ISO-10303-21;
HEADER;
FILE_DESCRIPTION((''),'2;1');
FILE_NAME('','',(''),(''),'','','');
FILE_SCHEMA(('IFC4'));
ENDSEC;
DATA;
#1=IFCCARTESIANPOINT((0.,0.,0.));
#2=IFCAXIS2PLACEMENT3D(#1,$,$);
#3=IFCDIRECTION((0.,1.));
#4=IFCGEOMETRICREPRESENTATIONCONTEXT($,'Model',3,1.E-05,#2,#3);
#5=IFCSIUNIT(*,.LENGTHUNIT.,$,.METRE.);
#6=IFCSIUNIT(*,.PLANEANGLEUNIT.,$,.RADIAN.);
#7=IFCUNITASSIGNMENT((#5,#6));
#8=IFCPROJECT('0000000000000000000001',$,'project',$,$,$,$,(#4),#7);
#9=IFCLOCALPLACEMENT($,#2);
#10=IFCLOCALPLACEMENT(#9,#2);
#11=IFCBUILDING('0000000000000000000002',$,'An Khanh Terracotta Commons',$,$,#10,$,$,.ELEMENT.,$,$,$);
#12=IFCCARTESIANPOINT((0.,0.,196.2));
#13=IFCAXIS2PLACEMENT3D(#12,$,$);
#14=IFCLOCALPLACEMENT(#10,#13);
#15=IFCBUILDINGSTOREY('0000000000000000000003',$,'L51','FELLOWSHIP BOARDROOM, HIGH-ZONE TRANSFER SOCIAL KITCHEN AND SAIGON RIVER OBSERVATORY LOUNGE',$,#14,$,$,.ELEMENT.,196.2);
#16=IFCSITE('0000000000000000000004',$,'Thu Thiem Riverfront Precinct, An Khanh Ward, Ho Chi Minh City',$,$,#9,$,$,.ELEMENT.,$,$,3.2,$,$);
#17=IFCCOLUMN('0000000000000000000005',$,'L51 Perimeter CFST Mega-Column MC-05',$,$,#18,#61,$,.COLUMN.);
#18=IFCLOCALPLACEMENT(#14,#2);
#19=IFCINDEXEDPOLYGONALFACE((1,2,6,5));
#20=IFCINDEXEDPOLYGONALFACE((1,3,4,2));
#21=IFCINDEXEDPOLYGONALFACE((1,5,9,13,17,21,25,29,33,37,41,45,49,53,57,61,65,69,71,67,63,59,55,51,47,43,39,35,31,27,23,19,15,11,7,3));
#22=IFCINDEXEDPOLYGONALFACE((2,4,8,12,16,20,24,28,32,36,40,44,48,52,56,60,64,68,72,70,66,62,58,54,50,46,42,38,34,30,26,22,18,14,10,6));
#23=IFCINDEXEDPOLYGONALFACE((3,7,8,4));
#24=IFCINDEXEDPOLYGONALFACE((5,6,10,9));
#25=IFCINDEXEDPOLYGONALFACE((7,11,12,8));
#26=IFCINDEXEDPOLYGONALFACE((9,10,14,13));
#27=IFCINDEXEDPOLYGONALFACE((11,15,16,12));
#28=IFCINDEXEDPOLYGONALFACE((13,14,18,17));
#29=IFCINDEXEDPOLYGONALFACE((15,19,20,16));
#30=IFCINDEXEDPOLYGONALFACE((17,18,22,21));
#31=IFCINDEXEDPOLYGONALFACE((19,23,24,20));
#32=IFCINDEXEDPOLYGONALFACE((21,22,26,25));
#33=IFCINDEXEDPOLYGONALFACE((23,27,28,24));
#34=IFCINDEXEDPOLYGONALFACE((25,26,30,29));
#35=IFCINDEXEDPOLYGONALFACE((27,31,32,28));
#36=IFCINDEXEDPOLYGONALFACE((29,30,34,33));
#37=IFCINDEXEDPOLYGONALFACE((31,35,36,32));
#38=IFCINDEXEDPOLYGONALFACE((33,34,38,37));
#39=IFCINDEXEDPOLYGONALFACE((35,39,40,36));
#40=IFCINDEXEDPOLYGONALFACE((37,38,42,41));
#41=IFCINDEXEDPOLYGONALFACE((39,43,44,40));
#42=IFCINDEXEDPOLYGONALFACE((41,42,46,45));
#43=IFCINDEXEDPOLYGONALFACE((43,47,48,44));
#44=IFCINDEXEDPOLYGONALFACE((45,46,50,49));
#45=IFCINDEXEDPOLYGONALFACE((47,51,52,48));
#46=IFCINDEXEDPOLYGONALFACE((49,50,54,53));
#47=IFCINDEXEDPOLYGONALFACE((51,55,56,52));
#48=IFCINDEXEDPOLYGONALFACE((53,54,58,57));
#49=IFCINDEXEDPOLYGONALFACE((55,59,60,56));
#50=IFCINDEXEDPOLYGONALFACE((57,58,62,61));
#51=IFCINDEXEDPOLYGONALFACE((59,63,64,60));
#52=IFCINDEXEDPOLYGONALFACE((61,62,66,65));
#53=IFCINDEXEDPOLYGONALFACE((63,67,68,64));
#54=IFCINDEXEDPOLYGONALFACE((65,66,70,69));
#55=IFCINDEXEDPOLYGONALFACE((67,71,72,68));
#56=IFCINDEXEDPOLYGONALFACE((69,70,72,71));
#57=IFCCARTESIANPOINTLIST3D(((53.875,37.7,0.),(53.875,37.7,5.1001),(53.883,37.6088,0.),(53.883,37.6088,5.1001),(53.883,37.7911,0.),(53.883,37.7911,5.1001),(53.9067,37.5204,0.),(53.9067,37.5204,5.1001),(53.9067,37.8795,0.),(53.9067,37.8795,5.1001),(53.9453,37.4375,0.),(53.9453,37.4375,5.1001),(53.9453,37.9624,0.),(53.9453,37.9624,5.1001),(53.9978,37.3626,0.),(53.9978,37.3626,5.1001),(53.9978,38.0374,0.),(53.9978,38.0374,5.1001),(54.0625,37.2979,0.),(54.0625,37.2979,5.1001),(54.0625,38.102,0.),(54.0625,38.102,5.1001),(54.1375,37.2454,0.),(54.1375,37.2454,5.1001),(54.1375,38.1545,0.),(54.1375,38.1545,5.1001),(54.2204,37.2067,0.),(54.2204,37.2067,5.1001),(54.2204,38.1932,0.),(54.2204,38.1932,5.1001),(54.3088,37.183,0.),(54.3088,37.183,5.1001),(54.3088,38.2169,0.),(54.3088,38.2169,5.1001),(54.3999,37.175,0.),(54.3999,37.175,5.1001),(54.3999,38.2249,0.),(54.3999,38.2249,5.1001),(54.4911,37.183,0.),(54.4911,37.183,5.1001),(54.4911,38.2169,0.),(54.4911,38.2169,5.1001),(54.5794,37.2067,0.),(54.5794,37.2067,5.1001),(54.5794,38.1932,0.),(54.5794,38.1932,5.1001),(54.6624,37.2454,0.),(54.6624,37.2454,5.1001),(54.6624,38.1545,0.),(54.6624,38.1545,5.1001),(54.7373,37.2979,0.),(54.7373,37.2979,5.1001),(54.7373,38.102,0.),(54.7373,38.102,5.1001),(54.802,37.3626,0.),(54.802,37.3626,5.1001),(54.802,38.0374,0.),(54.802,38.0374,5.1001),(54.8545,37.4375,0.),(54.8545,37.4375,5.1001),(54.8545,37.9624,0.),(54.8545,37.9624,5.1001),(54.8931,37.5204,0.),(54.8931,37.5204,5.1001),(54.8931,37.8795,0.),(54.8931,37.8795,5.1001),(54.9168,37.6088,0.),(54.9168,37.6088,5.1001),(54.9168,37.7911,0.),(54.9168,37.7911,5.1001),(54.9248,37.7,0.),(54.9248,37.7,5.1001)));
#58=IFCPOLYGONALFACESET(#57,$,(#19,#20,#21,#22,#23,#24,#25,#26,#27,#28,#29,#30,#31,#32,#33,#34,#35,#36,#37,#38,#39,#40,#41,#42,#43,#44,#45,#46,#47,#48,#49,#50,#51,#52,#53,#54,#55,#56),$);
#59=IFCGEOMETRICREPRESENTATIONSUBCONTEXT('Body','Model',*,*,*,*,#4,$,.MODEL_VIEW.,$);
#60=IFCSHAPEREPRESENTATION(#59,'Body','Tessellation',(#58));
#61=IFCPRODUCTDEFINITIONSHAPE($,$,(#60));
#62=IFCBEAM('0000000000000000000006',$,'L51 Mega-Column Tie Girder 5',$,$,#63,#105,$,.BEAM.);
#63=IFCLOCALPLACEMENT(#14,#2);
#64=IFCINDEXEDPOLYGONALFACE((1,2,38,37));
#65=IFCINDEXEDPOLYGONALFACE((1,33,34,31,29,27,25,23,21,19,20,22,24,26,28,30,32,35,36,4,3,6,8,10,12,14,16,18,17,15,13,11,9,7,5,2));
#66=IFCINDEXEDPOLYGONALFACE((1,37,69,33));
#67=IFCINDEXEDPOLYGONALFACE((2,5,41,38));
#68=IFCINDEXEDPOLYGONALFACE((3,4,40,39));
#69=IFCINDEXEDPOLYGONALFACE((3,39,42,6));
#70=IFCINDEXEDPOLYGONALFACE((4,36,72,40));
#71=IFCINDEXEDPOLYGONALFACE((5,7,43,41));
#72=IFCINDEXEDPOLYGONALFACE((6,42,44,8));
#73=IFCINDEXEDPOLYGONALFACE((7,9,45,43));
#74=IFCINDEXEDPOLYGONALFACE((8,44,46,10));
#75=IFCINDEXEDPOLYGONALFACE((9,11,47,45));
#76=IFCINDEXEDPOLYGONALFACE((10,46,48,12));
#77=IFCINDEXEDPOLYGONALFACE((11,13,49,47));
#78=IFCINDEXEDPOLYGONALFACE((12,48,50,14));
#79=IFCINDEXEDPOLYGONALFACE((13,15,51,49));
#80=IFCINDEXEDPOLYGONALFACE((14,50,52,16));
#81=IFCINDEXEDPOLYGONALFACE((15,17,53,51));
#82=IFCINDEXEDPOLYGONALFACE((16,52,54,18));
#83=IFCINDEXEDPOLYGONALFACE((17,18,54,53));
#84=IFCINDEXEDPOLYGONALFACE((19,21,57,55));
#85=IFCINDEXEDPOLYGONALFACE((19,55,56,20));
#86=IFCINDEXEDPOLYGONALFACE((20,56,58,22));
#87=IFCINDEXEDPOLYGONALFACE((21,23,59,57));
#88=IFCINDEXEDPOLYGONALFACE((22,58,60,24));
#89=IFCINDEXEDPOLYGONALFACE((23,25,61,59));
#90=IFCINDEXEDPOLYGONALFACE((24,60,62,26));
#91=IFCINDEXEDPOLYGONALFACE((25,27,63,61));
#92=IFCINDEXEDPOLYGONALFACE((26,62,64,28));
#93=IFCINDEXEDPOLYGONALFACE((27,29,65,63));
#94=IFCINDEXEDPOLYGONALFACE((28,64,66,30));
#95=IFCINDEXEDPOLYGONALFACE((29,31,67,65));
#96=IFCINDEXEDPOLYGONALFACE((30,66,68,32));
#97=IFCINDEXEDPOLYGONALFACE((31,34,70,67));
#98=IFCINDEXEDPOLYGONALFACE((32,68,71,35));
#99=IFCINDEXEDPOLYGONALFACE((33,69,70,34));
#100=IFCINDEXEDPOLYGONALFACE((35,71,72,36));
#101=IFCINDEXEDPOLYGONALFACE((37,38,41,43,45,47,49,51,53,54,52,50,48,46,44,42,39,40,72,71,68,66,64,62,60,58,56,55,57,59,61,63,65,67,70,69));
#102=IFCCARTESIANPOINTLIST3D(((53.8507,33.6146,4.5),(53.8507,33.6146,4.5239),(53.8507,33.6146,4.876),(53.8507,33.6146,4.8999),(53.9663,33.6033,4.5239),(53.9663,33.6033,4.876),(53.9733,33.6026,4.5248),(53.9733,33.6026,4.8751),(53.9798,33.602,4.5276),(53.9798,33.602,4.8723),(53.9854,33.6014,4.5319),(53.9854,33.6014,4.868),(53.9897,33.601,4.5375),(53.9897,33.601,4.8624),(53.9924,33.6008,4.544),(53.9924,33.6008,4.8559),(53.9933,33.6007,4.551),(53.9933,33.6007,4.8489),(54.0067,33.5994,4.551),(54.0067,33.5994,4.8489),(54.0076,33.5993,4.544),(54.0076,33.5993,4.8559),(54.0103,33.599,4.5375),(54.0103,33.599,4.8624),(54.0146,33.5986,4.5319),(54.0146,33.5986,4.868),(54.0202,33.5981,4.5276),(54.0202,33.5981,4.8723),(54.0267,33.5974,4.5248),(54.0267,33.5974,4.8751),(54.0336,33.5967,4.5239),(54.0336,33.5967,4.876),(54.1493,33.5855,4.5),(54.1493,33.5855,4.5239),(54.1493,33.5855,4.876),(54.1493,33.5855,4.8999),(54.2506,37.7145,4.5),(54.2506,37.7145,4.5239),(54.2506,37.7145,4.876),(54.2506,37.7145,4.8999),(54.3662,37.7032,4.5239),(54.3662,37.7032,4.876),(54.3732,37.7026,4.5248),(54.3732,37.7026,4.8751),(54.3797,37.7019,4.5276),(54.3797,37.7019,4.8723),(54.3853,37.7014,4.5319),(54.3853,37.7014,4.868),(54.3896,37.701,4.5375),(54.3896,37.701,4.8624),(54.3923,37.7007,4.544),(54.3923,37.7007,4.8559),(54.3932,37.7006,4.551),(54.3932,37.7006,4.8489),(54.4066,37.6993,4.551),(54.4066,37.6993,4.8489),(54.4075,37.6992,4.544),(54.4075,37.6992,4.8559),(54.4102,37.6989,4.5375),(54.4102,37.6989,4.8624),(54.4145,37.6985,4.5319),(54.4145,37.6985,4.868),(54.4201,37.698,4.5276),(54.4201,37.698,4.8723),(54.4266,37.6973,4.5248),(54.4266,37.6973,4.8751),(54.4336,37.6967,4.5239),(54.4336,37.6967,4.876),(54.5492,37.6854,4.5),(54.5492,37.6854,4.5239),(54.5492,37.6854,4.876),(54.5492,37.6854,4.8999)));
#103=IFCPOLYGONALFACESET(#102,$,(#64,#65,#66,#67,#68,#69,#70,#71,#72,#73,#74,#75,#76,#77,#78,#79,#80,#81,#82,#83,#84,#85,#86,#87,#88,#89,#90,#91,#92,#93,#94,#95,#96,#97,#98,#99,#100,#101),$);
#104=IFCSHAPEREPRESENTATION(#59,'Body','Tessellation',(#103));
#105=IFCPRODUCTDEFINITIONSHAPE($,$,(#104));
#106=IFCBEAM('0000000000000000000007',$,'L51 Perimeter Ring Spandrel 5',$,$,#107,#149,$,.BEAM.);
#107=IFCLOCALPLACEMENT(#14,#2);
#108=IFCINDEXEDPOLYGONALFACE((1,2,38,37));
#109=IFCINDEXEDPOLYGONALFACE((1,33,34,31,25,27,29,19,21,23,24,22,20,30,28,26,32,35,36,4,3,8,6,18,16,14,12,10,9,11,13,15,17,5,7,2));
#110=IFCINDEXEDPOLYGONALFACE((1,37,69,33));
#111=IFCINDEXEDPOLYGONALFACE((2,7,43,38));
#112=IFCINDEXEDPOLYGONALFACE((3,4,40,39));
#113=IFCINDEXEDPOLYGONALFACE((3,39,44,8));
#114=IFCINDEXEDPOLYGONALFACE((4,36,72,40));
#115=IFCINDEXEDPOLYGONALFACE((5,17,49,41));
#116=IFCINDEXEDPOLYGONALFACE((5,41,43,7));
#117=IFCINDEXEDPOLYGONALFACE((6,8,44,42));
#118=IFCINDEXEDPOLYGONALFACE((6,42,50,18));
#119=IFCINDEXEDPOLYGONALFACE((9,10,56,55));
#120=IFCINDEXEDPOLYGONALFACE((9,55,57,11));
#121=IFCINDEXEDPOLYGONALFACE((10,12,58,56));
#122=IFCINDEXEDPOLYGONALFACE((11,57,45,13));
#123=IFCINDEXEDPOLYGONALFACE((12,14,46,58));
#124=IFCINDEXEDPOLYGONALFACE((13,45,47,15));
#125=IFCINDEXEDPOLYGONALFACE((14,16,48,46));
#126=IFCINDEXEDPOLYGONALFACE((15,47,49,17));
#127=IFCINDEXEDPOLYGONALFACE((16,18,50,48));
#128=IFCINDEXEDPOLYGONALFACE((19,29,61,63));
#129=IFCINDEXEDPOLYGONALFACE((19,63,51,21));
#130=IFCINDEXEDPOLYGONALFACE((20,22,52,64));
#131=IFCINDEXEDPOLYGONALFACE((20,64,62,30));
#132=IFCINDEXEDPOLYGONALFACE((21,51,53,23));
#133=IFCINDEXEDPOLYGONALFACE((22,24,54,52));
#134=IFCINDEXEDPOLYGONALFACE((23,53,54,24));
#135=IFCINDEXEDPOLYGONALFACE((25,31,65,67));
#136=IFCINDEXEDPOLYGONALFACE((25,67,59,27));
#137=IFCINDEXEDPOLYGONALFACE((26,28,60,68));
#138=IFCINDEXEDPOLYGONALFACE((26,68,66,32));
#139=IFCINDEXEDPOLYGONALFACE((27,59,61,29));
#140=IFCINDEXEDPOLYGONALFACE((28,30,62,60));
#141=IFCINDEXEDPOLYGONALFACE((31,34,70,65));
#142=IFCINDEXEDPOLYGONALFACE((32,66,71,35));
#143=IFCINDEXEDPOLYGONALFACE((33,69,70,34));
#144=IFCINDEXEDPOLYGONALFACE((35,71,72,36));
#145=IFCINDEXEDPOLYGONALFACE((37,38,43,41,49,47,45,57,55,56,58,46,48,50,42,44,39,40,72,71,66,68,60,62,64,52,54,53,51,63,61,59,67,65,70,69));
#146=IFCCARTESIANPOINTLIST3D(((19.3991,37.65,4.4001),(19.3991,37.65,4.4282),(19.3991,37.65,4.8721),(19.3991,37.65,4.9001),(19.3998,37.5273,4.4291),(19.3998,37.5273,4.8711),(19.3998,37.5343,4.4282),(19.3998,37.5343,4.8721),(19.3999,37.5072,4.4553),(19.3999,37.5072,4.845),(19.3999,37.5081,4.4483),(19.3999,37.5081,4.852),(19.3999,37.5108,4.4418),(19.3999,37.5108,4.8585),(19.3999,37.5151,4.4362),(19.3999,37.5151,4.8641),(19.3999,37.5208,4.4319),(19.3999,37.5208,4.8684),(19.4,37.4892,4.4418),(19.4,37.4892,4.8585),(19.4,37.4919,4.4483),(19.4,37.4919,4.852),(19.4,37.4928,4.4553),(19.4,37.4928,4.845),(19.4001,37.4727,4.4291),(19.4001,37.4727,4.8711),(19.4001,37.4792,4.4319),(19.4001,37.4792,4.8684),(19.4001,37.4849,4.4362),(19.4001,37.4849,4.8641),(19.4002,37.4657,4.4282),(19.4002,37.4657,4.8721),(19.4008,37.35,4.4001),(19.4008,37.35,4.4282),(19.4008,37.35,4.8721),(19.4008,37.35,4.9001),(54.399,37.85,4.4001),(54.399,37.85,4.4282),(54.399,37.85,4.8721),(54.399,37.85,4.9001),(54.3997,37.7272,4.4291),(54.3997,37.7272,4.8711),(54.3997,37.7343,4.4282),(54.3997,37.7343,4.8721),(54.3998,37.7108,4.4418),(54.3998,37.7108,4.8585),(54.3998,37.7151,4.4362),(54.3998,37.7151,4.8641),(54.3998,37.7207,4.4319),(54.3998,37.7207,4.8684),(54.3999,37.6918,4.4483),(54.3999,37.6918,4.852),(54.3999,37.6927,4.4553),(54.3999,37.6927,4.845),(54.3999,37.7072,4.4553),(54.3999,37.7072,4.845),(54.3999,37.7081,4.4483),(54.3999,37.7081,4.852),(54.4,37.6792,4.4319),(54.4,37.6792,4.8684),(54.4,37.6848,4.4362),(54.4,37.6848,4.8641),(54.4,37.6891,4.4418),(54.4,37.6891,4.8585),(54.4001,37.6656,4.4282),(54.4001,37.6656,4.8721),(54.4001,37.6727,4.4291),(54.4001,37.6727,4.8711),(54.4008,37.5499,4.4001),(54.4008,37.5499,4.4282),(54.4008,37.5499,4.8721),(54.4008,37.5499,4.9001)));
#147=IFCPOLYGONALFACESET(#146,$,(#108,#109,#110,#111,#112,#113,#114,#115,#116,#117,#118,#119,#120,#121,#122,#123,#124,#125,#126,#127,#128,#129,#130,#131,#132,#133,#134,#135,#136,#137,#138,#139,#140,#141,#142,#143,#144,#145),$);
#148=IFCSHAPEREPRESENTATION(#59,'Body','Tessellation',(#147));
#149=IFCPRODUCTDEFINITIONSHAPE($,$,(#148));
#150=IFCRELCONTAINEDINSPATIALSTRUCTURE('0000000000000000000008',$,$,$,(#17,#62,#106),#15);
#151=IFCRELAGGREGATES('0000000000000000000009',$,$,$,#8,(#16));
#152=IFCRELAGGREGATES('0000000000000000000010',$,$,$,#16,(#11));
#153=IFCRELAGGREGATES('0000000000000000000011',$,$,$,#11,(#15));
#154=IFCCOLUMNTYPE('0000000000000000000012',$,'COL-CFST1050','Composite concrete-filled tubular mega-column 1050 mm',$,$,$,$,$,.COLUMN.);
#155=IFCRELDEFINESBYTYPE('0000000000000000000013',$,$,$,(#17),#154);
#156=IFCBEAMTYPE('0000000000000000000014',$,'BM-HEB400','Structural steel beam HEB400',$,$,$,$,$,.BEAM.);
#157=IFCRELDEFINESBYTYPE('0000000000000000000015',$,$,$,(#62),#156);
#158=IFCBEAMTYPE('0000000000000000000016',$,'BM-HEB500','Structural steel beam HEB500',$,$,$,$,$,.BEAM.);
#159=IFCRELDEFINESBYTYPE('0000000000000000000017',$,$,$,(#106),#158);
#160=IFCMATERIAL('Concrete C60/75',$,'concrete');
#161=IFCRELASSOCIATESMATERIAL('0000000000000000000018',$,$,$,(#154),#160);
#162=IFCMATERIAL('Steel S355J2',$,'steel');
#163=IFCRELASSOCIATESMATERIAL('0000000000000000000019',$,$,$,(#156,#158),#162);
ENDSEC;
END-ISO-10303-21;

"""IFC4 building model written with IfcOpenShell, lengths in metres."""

from ifc_helpers import new_model, si_unit, direction, frame, origin, origin_2d, place, context, subcontext, project, spatial, circle, i_section, extrude, material, material_profile, profile_set, type_object, element, save


model = new_model("IFC4")

# Units and contexts
model_context = context("Model", 3, precision=1e-05, world=origin(), true_north=direction((0.0, 1.0)))
body_context = subcontext(model_context, "Body", "Model", "MODEL_VIEW")
ifc_project = project(units=[si_unit("LENGTHUNIT", "METRE"), si_unit("PLANEANGLEUNIT", "RADIAN")], contexts=[model_context])

# Site, building, storey
site_placement = place(None, origin())
site = spatial("IfcSite", under=ifc_project, at=site_placement, Name="Thu Thiem Riverfront Precinct, An Khanh Ward, Ho Chi Minh City", CompositionType="ELEMENT", RefElevation=3.2)
building_placement = place(site_placement, origin())
building = spatial("IfcBuilding", under=site, at=building_placement, Name="An Khanh Terracotta Commons", CompositionType="ELEMENT")
storey_placement = place(building_placement, frame((0.0, 0.0, 196.2)))
storey = spatial("IfcBuildingStorey", under=building, at=storey_placement, Name="L51", Description="FELLOWSHIP BOARDROOM, HIGH-ZONE TRANSFER SOCIAL KITCHEN AND SAIGON RIVER OBSERVATORY LOUNGE", CompositionType="ELEMENT", Elevation=196.2)

# Column
ifc_material_1 = material(Name="Concrete C60/75", Category="concrete")
ifc_material_profile_1 = material_profile(ifc_material_1, circle(Radius=0.5249, at=origin_2d()), Name="CFST1050")
ifc_profile_set_1 = profile_set([ifc_material_profile_1], Name="Concrete C60/75")
column_type = type_object("IfcColumnType", Name="COL-CFST1050", Description="Composite concrete-filled tubular mega-column 1050 mm", PredefinedType="COLUMN", material=ifc_profile_set_1)
column_placement = place(storey_placement, frame((54.3999, 37.7, 0.0), z_axis=(0.0, 0.0, 1.0), x_axis=(1.0, 0.0, 0.0)))
element("IfcColumn", 1, at=column_placement, inside=storey, type_object=column_type, Name="L51 Perimeter CFST Mega-Column MC-05", PredefinedType="COLUMN", context=body_context, shape_type="SweptSolid", body=[
    extrude(circle(Radius=0.5249, at=origin_2d()), origin(), (0.0, 0.0, 1.0), 5.1001),
])

# Beams
ifc_material_2 = material(Name="Steel S355J2", Category="steel")
ifc_material_profile_2 = material_profile(ifc_material_2, i_section(OverallWidth=0.3, OverallDepth=0.3999, WebThickness=0.0134, FlangeThickness=0.0239, FilletRadius=0.0271, at=origin_2d()), Name="HEB400")
ifc_profile_set_2 = profile_set([ifc_material_profile_2], Name="Steel S355J2")
beam_type_1 = type_object("IfcBeamType", Name="BM-HEB400", Description="Structural steel beam HEB400", PredefinedType="BEAM", material=ifc_profile_set_2)
beam_1_placement = place(storey_placement, frame((54.3999, 37.7, 4.7), z_axis=(-0.09708, -0.995277, 0.0), x_axis=(0.995277, -0.09708, 0.0)))
element("IfcBeam", 2, at=beam_1_placement, inside=storey, type_object=beam_type_1, Name="L51 Mega-Column Tie Girder 5", PredefinedType="BEAM", context=body_context, shape_type="SweptSolid", body=[
    extrude(i_section(OverallWidth=0.3, OverallDepth=0.3999, WebThickness=0.0134, FlangeThickness=0.0239, FilletRadius=0.0271, at=origin_2d()), origin(), (0.0, 0.0, 1.0), 4.1194),
])
ifc_material_profile_3 = material_profile(ifc_material_2, i_section(OverallWidth=0.3, OverallDepth=0.5, WebThickness=0.0144, FlangeThickness=0.0281, FilletRadius=0.0271, at=origin_2d()), Name="HEB500")
ifc_profile_set_3 = profile_set([ifc_material_profile_3], Name="Steel S355J2")
beam_type_2 = type_object("IfcBeamType", Name="BM-HEB500", Description="Structural steel beam HEB500", PredefinedType="BEAM", material=ifc_profile_set_3)
beam_2_placement = place(storey_placement, frame((54.3999, 37.7, 4.6501), z_axis=(-0.999984, -0.005713, 0.0), x_axis=(0.005713, -0.999984, 0.0)))
element("IfcBeam", 3, at=beam_2_placement, inside=storey, type_object=beam_type_2, Name="L51 Perimeter Ring Spandrel 5", PredefinedType="BEAM", context=body_context, shape_type="SweptSolid", body=[
    extrude(i_section(OverallWidth=0.3, OverallDepth=0.5, WebThickness=0.0144, FlangeThickness=0.0281, FilletRadius=0.0271, at=origin_2d()), origin(), (0.0, 0.0, 1.0), 35.0005),
])

save(model, "model.ifc")
